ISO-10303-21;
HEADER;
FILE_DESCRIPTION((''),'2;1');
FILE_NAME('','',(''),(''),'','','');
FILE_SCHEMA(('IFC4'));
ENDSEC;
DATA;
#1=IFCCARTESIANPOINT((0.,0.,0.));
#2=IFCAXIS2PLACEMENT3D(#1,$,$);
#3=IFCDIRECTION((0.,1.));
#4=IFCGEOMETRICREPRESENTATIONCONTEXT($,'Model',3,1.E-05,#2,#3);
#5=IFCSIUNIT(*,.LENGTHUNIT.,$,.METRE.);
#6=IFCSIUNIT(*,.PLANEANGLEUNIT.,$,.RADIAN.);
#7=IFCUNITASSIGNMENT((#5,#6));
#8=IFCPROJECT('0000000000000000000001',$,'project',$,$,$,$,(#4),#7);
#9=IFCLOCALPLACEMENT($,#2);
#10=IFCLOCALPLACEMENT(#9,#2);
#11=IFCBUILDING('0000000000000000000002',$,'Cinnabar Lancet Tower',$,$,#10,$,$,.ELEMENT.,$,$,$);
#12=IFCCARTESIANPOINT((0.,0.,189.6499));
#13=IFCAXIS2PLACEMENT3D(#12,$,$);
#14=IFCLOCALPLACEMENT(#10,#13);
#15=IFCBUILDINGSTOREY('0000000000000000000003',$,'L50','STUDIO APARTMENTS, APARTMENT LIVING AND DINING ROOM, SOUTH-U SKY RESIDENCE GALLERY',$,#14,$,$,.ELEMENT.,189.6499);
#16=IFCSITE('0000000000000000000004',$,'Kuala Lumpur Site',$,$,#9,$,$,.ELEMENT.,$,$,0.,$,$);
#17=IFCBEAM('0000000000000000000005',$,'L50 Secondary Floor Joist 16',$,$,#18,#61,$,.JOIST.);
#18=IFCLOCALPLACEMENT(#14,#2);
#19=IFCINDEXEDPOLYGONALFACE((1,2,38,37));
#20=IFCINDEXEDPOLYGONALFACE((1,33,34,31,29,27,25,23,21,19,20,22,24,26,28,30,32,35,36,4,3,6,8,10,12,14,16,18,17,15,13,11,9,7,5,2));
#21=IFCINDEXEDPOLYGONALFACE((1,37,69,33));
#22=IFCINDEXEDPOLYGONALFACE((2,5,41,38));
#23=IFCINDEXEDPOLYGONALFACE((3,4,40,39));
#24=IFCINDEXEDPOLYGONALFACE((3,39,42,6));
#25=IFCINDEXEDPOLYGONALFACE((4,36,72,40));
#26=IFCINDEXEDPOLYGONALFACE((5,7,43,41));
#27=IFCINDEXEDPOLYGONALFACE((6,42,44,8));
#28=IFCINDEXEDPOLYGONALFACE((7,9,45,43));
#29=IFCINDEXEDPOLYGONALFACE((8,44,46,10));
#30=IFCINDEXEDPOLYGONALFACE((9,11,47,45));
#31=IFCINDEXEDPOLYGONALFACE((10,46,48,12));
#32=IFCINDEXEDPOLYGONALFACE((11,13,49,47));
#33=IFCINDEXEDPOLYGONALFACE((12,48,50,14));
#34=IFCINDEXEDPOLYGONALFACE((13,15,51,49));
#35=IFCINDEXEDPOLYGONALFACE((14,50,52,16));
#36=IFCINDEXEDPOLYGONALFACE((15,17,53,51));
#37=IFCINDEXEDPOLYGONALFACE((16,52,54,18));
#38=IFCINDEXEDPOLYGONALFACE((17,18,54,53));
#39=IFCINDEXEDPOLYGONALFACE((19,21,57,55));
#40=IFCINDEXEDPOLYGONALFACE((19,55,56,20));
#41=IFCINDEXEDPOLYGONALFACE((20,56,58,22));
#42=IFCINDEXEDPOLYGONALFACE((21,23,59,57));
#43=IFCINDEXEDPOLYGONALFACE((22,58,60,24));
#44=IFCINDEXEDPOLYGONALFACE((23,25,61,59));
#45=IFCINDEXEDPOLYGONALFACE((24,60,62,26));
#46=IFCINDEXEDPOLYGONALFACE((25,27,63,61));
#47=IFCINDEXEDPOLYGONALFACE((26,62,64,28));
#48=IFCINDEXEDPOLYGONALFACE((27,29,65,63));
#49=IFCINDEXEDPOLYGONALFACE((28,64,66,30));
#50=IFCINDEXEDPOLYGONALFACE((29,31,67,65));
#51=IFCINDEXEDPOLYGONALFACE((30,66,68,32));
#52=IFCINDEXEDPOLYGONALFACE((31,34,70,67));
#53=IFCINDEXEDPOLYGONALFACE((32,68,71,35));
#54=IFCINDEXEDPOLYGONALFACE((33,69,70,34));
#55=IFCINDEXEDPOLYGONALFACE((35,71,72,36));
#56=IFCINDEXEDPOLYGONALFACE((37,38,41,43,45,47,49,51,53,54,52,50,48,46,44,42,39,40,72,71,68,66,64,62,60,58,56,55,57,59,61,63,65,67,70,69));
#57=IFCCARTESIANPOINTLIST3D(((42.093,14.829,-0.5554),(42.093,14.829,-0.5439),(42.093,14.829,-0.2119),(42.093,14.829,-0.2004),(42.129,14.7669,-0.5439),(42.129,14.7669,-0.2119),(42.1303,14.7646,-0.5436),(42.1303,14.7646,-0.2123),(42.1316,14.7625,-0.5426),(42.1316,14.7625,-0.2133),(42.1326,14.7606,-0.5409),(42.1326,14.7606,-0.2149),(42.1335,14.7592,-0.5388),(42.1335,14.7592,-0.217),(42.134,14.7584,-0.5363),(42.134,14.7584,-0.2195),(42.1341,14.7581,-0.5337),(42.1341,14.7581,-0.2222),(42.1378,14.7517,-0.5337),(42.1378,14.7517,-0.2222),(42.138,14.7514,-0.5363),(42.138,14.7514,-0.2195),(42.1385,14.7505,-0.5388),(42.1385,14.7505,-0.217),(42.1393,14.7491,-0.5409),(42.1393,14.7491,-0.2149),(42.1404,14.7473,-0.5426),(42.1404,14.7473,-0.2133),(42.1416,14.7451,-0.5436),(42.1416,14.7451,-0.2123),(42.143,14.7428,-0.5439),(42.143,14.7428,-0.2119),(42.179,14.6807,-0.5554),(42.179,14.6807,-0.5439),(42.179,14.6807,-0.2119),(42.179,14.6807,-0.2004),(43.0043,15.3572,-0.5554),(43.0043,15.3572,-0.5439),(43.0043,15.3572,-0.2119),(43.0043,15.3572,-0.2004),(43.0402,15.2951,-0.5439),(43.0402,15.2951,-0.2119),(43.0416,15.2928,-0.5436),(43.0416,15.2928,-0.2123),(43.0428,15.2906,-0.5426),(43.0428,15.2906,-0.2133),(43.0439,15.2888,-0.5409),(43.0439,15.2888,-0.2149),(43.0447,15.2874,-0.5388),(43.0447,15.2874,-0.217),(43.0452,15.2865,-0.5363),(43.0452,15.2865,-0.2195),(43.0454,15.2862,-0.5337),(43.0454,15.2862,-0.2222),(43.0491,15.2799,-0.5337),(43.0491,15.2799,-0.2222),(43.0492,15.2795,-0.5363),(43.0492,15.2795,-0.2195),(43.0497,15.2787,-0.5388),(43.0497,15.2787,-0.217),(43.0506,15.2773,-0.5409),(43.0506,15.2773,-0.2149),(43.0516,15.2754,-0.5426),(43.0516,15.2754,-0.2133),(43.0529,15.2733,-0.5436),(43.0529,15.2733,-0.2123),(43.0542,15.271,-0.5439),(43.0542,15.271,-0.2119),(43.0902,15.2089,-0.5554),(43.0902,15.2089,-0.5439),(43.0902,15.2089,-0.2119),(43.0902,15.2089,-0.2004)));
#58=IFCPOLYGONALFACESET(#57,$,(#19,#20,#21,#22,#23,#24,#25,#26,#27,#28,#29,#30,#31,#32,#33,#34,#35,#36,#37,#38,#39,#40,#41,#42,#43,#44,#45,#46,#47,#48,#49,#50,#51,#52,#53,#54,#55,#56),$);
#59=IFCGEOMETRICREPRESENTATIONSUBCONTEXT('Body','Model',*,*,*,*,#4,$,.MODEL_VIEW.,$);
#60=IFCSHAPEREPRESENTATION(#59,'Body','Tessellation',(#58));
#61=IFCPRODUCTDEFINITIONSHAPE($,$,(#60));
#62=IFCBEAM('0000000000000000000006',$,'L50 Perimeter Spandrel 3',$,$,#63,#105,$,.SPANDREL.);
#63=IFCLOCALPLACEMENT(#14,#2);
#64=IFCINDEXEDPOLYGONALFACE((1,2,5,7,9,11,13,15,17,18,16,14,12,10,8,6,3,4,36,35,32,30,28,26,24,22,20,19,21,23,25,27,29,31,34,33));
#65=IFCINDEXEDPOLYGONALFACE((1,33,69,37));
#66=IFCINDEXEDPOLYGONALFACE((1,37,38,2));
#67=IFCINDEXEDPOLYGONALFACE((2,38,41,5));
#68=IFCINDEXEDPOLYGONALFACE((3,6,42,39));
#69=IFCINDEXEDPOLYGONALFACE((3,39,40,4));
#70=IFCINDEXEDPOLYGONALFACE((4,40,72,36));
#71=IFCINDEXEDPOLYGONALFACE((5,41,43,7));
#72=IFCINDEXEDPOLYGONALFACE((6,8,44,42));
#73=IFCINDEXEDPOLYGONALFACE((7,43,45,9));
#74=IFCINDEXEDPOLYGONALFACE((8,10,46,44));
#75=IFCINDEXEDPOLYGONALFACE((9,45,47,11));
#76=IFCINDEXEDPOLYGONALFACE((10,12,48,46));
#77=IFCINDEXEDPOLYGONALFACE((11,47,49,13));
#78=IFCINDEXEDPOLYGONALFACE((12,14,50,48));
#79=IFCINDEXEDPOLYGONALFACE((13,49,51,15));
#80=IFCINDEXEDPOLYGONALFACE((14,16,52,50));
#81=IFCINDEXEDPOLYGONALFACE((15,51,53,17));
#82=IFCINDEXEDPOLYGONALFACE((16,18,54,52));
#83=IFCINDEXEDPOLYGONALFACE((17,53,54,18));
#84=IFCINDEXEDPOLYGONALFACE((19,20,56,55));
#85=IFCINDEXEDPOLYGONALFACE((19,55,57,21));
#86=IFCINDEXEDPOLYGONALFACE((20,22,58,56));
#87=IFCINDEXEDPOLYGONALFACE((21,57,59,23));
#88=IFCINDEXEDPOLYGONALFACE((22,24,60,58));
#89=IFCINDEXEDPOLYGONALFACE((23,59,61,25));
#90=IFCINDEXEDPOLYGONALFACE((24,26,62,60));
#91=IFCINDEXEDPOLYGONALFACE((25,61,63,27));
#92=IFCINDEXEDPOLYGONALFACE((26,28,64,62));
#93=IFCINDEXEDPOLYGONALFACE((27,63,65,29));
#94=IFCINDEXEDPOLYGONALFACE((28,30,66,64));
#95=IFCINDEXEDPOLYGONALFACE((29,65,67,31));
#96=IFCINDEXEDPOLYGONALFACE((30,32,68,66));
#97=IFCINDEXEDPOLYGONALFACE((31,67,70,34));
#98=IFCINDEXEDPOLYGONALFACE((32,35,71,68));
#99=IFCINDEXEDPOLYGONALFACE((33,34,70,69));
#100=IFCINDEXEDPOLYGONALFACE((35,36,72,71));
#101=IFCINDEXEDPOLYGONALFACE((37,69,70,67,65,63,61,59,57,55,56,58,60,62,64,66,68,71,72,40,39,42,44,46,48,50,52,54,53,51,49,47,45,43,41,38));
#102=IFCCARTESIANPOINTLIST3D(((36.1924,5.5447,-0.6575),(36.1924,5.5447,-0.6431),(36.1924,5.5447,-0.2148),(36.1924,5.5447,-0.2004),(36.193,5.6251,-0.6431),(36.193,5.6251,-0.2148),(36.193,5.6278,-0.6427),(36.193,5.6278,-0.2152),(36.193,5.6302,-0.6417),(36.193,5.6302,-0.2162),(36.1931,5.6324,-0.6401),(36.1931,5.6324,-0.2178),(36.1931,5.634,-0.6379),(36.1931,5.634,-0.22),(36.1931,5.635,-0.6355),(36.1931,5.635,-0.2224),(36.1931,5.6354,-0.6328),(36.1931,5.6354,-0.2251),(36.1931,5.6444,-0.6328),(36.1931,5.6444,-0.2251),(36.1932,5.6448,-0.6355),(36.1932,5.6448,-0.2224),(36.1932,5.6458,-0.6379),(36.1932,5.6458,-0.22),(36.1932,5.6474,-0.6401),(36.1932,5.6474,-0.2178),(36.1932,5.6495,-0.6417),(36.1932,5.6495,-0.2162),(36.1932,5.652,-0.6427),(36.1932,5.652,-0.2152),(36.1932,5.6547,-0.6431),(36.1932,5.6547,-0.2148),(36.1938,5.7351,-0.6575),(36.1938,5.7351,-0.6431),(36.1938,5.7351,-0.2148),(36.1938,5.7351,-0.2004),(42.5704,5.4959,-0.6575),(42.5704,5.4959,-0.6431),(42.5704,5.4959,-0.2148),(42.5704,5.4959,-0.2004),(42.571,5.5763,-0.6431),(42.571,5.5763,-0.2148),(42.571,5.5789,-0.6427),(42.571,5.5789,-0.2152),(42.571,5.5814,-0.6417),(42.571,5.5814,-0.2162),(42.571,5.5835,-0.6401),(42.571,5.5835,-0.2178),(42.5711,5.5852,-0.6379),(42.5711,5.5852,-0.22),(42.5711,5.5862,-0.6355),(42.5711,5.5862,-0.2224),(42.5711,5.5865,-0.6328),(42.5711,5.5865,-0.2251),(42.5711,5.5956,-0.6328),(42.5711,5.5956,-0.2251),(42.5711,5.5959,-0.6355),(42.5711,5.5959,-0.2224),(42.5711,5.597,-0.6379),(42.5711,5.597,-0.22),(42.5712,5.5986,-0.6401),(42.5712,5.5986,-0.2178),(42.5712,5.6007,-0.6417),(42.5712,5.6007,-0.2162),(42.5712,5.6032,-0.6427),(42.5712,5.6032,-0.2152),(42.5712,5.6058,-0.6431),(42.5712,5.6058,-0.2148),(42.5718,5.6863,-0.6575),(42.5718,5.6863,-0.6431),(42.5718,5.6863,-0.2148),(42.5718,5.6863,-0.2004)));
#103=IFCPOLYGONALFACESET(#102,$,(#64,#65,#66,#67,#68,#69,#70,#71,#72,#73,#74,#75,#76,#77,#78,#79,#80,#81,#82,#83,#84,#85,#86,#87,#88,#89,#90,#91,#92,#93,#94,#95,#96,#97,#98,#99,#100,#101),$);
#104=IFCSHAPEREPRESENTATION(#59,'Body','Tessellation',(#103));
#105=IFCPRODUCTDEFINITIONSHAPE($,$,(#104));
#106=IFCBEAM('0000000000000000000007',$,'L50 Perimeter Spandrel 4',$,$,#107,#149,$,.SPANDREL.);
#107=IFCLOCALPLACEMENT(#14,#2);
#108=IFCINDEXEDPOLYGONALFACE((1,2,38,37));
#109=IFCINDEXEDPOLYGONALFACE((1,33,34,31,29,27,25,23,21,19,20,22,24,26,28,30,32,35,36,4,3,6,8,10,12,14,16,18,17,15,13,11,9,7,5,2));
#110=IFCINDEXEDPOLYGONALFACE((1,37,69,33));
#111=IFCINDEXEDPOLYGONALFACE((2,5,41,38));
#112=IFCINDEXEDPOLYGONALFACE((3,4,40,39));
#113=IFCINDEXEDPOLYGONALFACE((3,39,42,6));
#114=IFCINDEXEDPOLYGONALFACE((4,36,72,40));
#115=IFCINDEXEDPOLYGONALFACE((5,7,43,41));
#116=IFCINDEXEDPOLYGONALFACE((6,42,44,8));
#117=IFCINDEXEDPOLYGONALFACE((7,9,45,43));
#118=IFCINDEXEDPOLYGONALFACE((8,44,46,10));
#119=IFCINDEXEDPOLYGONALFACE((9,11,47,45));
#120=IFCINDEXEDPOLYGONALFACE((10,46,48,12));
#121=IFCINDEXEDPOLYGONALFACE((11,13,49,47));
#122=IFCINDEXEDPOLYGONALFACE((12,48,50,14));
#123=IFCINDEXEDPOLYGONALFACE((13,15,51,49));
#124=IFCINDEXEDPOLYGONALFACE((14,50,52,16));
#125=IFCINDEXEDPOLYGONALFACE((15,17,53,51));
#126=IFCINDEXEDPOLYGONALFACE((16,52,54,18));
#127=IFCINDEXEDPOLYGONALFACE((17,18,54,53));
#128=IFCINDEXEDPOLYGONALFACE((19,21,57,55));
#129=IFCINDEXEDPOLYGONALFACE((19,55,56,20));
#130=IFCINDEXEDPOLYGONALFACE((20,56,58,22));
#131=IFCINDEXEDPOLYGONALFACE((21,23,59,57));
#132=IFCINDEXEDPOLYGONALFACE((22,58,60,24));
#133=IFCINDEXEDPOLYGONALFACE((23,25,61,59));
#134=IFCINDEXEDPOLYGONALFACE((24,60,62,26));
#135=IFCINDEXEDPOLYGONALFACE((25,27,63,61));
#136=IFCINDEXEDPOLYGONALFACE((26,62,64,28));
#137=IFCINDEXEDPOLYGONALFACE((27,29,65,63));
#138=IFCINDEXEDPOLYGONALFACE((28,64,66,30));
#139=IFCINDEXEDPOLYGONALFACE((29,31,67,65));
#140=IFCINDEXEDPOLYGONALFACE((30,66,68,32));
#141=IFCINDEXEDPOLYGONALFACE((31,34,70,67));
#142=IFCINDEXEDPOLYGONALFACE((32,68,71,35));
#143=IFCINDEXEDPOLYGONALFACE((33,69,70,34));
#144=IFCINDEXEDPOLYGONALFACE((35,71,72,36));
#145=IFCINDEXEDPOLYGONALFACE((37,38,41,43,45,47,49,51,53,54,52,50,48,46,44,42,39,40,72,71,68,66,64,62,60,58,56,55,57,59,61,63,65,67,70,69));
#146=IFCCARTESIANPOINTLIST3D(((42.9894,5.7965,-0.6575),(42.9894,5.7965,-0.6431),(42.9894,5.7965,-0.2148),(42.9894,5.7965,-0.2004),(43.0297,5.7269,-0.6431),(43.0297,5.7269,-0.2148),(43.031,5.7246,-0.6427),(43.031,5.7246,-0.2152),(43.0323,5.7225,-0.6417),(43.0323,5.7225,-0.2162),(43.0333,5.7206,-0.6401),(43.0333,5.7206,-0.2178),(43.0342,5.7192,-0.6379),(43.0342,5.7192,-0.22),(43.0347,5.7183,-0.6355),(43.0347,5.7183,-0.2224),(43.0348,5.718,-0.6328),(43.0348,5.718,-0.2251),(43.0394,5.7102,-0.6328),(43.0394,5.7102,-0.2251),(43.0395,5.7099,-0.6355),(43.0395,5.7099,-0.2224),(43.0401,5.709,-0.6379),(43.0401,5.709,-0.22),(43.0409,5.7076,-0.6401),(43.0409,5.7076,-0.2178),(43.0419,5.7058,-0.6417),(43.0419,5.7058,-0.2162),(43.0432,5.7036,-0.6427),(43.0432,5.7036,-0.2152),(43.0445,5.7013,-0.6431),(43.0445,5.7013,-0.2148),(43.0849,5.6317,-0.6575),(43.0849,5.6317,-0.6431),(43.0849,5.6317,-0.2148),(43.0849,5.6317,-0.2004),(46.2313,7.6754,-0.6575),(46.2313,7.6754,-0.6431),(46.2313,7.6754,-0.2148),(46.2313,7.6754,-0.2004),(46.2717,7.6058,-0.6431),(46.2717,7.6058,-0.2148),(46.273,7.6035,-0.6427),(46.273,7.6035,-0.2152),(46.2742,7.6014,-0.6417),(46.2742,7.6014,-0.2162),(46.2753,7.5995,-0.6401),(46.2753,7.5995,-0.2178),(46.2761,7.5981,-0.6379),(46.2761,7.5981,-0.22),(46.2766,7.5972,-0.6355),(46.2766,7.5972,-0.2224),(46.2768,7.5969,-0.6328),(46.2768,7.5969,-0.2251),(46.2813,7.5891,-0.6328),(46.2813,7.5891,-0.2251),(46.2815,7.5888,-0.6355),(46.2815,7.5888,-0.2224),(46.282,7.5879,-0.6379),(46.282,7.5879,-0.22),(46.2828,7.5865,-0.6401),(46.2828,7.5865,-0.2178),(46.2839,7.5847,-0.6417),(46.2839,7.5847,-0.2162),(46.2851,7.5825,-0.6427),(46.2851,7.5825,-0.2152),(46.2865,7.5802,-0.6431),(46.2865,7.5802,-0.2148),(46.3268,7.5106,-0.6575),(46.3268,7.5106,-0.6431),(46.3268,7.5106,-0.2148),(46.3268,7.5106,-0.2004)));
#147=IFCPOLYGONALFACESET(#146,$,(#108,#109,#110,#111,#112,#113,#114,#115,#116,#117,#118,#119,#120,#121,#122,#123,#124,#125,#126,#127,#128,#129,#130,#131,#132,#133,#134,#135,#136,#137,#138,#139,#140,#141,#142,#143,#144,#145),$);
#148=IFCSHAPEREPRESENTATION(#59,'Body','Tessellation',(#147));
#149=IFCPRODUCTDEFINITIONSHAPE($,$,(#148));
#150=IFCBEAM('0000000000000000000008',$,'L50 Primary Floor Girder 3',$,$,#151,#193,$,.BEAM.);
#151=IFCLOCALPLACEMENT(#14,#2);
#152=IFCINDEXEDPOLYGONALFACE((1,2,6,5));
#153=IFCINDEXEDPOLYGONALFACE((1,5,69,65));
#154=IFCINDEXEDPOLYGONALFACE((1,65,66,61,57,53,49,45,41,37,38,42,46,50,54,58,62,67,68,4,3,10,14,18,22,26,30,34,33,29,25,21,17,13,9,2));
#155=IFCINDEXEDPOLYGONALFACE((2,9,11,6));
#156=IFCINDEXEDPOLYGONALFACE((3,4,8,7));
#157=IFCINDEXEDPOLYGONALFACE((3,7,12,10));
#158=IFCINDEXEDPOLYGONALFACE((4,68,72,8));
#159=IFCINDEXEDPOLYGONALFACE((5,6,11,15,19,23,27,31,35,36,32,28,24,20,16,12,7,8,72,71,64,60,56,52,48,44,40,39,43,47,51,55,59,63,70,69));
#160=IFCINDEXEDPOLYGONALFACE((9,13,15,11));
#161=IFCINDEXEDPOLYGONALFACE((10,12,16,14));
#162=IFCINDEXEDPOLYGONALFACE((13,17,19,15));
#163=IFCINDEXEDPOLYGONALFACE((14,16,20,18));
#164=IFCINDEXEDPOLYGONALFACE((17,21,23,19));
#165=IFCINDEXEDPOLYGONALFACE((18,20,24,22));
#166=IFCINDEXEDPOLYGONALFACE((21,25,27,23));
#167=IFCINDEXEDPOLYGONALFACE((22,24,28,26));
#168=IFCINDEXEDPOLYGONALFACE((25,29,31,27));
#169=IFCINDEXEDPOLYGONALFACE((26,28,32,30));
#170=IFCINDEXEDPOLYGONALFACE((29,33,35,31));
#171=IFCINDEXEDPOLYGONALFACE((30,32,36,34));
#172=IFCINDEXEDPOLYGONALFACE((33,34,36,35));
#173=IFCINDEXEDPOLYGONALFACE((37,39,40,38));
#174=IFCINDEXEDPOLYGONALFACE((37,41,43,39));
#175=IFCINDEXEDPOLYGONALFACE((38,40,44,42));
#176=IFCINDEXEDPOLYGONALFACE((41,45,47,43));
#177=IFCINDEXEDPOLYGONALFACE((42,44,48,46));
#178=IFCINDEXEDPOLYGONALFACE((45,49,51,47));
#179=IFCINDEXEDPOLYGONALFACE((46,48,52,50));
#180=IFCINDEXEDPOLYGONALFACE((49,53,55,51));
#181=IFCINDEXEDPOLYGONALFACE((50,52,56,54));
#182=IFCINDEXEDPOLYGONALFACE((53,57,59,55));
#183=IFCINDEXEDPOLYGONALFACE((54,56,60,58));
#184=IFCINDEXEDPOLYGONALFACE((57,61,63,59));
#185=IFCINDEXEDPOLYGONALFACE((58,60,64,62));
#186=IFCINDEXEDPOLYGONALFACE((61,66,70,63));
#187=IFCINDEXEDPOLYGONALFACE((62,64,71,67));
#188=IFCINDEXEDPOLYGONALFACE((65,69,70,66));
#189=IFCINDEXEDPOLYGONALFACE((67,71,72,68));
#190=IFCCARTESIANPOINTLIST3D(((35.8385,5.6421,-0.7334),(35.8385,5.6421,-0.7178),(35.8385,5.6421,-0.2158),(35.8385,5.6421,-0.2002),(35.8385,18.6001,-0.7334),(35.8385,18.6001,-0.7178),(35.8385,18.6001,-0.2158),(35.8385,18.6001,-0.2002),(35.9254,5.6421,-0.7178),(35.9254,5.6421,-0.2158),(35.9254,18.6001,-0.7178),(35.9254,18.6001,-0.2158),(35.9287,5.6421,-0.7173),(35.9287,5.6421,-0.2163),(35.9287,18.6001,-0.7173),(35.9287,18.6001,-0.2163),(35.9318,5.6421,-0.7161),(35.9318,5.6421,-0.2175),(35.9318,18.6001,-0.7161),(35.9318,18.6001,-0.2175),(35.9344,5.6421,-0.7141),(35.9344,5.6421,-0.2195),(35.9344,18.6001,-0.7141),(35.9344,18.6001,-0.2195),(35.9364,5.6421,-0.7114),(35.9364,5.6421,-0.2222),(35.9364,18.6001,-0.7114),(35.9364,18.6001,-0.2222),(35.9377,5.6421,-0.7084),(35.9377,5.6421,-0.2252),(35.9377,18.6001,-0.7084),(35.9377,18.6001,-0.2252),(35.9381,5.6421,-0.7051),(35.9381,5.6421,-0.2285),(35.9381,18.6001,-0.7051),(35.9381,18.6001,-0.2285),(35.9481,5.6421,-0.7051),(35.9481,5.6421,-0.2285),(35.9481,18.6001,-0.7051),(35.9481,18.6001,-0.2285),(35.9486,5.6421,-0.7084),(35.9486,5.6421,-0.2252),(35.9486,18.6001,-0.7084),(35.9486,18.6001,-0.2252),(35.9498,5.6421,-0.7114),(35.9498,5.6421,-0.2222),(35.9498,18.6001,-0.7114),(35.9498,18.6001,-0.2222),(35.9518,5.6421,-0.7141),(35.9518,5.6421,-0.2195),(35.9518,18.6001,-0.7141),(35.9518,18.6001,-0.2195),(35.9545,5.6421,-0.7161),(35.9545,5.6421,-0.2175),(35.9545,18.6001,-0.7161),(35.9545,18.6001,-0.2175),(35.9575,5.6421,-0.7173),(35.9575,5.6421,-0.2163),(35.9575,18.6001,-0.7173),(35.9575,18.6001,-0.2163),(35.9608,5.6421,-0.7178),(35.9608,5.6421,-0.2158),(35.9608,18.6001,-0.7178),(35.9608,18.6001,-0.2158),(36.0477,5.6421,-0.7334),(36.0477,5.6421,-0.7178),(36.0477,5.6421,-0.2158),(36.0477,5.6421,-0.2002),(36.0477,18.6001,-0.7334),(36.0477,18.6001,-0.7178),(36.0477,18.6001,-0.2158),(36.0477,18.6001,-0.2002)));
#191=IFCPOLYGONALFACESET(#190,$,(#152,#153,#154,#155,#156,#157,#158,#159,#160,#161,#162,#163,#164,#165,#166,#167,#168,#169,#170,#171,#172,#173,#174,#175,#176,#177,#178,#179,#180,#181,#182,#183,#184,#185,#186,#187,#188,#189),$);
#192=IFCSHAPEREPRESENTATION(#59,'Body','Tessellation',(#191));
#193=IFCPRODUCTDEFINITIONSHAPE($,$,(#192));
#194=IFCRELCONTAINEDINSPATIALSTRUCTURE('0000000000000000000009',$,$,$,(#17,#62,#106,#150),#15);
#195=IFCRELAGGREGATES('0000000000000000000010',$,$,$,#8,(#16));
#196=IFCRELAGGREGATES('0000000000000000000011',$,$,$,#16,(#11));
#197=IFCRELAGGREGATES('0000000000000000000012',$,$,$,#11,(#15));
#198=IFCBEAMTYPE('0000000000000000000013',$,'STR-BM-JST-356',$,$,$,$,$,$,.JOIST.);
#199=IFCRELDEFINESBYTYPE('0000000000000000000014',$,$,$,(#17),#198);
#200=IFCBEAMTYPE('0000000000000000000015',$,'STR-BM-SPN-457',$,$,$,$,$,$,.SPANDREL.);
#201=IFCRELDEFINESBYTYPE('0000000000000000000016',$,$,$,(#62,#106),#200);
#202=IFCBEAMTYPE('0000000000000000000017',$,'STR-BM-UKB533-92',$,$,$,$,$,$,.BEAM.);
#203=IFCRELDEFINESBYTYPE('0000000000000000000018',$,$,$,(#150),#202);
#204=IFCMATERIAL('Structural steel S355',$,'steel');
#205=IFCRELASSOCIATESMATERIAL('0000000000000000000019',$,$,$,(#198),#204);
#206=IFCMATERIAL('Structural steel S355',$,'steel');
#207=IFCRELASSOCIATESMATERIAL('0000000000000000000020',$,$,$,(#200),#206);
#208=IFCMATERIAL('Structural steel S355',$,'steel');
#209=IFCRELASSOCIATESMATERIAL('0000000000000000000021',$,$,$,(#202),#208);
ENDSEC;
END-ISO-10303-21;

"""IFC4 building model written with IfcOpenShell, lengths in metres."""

from ifc_helpers import new_model, si_unit, direction, frame, origin, origin_2d, place, context, subcontext, project, spatial, i_section, extrude, material, material_profile, profile_set, type_object, element, save


model = new_model("IFC4")

# Units and contexts
model_context = context("Model", 3, precision=1e-05, world=origin(), true_north=direction((0.0, 1.0)))
body_context = subcontext(model_context, "Body", "Model", "MODEL_VIEW")
ifc_project = project(units=[si_unit("LENGTHUNIT", "METRE"), si_unit("PLANEANGLEUNIT", "RADIAN")], contexts=[model_context])

# Site, building, storey
site_placement = place(None, origin())
site = spatial("IfcSite", under=ifc_project, at=site_placement, Name="Kuala Lumpur Site", CompositionType="ELEMENT", RefElevation=0.0)
building_placement = place(site_placement, origin())
building = spatial("IfcBuilding", under=site, at=building_placement, Name="Cinnabar Lancet Tower", CompositionType="ELEMENT")
storey_placement = place(building_placement, frame((0.0, 0.0, 189.6499)))
storey = spatial("IfcBuildingStorey", under=building, at=storey_placement, Name="L50", Description="STUDIO APARTMENTS, APARTMENT LIVING AND DINING ROOM, SOUTH-U SKY RESIDENCE GALLERY", CompositionType="ELEMENT", Elevation=189.6499)

# Beams
ifc_material_1 = material(Name="Structural steel S355", Category="steel")
ifc_material_profile_1 = material_profile(ifc_material_1, i_section(OverallWidth=0.1714, OverallDepth=0.355, WebThickness=0.0073, FlangeThickness=0.0115, FilletRadius=0.0103, at=origin_2d()), Name="UKB 356x171x51")
ifc_profile_set_1 = profile_set([ifc_material_profile_1], Name="Structural steel S355")
beam_type_1 = type_object("IfcBeamType", Name="STR-BM-JST-356", PredefinedType="JOIST", material=ifc_profile_set_1)
beam_1_placement = place(storey_placement, frame((42.136, 14.7549, -0.3779), z_axis=(0.865188, 0.501447, 0.0), x_axis=(-0.501447, 0.865188, 0.0)))
element("IfcBeam", 1, at=beam_1_placement, inside=storey, type_object=beam_type_1, Name="L50 Secondary Floor Joist 16", PredefinedType="JOIST", context=body_context, shape_type="SweptSolid", body=[
    extrude(i_section(OverallWidth=0.1714, OverallDepth=0.355, WebThickness=0.0073, FlangeThickness=0.0115, FilletRadius=0.0103, at=origin_2d()), origin(), (0.0, 0.0, 1.0), 1.0532),
])
ifc_material_2 = material(Name="Structural steel S355", Category="steel")
ifc_material_profile_2 = material_profile(ifc_material_2, i_section(OverallWidth=0.1904, OverallDepth=0.457, WebThickness=0.009, FlangeThickness=0.0144, FilletRadius=0.0103, at=origin_2d()), Name="UKB 457x191x74")
ifc_profile_set_2 = profile_set([ifc_material_profile_2], Name="Structural steel S355")
beam_type_2 = type_object("IfcBeamType", Name="STR-BM-SPN-457", PredefinedType="SPANDREL", material=ifc_profile_set_2)
beam_2_placement = place(storey_placement, frame((36.1931, 5.6399, -0.429), z_axis=(0.999971, -0.007656, 0.0), x_axis=(0.007656, 0.999971, 0.0)))
element("IfcBeam", 2, at=beam_2_placement, inside=storey, type_object=beam_type_2, Name="L50 Perimeter Spandrel 3", PredefinedType="SPANDREL", context=body_context, shape_type="SweptSolid", body=[
    extrude(i_section(OverallWidth=0.1904, OverallDepth=0.457, WebThickness=0.009, FlangeThickness=0.0144, FilletRadius=0.0103, at=origin_2d()), origin(), (0.0, 0.0, 1.0), 6.3782),
])
beam_3_placement = place(storey_placement, frame((43.0371, 5.7141, -0.429), z_axis=(0.865196, 0.501434, 0.0), x_axis=(-0.501434, 0.865196, 0.0)))
element("IfcBeam", 3, at=beam_3_placement, inside=storey, type_object=beam_type_2, Name="L50 Perimeter Spandrel 4", PredefinedType="SPANDREL", context=body_context, shape_type="SweptSolid", body=[
    extrude(i_section(OverallWidth=0.1904, OverallDepth=0.457, WebThickness=0.009, FlangeThickness=0.0144, FilletRadius=0.0103, at=origin_2d()), origin(), (0.0, 0.0, 1.0), 3.7471),
])
ifc_material_3 = material(Name="Structural steel S355", Category="steel")
ifc_material_profile_3 = material_profile(ifc_material_3, i_section(OverallWidth=0.2092, OverallDepth=0.5332, WebThickness=0.01, FlangeThickness=0.0156, FilletRadius=0.0127, at=origin_2d()), Name="UKB 533x210x92")
ifc_profile_set_3 = profile_set([ifc_material_profile_3], Name="Structural steel S355")
beam_type_3 = type_object("IfcBeamType", Name="STR-BM-UKB533-92", PredefinedType="BEAM", material=ifc_profile_set_3)
beam_4_placement = place(storey_placement, frame((35.9431, 5.6421, -0.4668), z_axis=(0.0, 1.0, 0.0), x_axis=(-1.0, 0.0, 0.0)))
element("IfcBeam", 4, at=beam_4_placement, inside=storey, type_object=beam_type_3, Name="L50 Primary Floor Girder 3", PredefinedType="BEAM", context=body_context, shape_type="SweptSolid", body=[
    extrude(i_section(OverallWidth=0.2092, OverallDepth=0.5332, WebThickness=0.01, FlangeThickness=0.0156, FilletRadius=0.0127, at=origin_2d()), origin(), (0.0, 0.0, 1.0), 12.958),
])

save(model, "model.ifc")
